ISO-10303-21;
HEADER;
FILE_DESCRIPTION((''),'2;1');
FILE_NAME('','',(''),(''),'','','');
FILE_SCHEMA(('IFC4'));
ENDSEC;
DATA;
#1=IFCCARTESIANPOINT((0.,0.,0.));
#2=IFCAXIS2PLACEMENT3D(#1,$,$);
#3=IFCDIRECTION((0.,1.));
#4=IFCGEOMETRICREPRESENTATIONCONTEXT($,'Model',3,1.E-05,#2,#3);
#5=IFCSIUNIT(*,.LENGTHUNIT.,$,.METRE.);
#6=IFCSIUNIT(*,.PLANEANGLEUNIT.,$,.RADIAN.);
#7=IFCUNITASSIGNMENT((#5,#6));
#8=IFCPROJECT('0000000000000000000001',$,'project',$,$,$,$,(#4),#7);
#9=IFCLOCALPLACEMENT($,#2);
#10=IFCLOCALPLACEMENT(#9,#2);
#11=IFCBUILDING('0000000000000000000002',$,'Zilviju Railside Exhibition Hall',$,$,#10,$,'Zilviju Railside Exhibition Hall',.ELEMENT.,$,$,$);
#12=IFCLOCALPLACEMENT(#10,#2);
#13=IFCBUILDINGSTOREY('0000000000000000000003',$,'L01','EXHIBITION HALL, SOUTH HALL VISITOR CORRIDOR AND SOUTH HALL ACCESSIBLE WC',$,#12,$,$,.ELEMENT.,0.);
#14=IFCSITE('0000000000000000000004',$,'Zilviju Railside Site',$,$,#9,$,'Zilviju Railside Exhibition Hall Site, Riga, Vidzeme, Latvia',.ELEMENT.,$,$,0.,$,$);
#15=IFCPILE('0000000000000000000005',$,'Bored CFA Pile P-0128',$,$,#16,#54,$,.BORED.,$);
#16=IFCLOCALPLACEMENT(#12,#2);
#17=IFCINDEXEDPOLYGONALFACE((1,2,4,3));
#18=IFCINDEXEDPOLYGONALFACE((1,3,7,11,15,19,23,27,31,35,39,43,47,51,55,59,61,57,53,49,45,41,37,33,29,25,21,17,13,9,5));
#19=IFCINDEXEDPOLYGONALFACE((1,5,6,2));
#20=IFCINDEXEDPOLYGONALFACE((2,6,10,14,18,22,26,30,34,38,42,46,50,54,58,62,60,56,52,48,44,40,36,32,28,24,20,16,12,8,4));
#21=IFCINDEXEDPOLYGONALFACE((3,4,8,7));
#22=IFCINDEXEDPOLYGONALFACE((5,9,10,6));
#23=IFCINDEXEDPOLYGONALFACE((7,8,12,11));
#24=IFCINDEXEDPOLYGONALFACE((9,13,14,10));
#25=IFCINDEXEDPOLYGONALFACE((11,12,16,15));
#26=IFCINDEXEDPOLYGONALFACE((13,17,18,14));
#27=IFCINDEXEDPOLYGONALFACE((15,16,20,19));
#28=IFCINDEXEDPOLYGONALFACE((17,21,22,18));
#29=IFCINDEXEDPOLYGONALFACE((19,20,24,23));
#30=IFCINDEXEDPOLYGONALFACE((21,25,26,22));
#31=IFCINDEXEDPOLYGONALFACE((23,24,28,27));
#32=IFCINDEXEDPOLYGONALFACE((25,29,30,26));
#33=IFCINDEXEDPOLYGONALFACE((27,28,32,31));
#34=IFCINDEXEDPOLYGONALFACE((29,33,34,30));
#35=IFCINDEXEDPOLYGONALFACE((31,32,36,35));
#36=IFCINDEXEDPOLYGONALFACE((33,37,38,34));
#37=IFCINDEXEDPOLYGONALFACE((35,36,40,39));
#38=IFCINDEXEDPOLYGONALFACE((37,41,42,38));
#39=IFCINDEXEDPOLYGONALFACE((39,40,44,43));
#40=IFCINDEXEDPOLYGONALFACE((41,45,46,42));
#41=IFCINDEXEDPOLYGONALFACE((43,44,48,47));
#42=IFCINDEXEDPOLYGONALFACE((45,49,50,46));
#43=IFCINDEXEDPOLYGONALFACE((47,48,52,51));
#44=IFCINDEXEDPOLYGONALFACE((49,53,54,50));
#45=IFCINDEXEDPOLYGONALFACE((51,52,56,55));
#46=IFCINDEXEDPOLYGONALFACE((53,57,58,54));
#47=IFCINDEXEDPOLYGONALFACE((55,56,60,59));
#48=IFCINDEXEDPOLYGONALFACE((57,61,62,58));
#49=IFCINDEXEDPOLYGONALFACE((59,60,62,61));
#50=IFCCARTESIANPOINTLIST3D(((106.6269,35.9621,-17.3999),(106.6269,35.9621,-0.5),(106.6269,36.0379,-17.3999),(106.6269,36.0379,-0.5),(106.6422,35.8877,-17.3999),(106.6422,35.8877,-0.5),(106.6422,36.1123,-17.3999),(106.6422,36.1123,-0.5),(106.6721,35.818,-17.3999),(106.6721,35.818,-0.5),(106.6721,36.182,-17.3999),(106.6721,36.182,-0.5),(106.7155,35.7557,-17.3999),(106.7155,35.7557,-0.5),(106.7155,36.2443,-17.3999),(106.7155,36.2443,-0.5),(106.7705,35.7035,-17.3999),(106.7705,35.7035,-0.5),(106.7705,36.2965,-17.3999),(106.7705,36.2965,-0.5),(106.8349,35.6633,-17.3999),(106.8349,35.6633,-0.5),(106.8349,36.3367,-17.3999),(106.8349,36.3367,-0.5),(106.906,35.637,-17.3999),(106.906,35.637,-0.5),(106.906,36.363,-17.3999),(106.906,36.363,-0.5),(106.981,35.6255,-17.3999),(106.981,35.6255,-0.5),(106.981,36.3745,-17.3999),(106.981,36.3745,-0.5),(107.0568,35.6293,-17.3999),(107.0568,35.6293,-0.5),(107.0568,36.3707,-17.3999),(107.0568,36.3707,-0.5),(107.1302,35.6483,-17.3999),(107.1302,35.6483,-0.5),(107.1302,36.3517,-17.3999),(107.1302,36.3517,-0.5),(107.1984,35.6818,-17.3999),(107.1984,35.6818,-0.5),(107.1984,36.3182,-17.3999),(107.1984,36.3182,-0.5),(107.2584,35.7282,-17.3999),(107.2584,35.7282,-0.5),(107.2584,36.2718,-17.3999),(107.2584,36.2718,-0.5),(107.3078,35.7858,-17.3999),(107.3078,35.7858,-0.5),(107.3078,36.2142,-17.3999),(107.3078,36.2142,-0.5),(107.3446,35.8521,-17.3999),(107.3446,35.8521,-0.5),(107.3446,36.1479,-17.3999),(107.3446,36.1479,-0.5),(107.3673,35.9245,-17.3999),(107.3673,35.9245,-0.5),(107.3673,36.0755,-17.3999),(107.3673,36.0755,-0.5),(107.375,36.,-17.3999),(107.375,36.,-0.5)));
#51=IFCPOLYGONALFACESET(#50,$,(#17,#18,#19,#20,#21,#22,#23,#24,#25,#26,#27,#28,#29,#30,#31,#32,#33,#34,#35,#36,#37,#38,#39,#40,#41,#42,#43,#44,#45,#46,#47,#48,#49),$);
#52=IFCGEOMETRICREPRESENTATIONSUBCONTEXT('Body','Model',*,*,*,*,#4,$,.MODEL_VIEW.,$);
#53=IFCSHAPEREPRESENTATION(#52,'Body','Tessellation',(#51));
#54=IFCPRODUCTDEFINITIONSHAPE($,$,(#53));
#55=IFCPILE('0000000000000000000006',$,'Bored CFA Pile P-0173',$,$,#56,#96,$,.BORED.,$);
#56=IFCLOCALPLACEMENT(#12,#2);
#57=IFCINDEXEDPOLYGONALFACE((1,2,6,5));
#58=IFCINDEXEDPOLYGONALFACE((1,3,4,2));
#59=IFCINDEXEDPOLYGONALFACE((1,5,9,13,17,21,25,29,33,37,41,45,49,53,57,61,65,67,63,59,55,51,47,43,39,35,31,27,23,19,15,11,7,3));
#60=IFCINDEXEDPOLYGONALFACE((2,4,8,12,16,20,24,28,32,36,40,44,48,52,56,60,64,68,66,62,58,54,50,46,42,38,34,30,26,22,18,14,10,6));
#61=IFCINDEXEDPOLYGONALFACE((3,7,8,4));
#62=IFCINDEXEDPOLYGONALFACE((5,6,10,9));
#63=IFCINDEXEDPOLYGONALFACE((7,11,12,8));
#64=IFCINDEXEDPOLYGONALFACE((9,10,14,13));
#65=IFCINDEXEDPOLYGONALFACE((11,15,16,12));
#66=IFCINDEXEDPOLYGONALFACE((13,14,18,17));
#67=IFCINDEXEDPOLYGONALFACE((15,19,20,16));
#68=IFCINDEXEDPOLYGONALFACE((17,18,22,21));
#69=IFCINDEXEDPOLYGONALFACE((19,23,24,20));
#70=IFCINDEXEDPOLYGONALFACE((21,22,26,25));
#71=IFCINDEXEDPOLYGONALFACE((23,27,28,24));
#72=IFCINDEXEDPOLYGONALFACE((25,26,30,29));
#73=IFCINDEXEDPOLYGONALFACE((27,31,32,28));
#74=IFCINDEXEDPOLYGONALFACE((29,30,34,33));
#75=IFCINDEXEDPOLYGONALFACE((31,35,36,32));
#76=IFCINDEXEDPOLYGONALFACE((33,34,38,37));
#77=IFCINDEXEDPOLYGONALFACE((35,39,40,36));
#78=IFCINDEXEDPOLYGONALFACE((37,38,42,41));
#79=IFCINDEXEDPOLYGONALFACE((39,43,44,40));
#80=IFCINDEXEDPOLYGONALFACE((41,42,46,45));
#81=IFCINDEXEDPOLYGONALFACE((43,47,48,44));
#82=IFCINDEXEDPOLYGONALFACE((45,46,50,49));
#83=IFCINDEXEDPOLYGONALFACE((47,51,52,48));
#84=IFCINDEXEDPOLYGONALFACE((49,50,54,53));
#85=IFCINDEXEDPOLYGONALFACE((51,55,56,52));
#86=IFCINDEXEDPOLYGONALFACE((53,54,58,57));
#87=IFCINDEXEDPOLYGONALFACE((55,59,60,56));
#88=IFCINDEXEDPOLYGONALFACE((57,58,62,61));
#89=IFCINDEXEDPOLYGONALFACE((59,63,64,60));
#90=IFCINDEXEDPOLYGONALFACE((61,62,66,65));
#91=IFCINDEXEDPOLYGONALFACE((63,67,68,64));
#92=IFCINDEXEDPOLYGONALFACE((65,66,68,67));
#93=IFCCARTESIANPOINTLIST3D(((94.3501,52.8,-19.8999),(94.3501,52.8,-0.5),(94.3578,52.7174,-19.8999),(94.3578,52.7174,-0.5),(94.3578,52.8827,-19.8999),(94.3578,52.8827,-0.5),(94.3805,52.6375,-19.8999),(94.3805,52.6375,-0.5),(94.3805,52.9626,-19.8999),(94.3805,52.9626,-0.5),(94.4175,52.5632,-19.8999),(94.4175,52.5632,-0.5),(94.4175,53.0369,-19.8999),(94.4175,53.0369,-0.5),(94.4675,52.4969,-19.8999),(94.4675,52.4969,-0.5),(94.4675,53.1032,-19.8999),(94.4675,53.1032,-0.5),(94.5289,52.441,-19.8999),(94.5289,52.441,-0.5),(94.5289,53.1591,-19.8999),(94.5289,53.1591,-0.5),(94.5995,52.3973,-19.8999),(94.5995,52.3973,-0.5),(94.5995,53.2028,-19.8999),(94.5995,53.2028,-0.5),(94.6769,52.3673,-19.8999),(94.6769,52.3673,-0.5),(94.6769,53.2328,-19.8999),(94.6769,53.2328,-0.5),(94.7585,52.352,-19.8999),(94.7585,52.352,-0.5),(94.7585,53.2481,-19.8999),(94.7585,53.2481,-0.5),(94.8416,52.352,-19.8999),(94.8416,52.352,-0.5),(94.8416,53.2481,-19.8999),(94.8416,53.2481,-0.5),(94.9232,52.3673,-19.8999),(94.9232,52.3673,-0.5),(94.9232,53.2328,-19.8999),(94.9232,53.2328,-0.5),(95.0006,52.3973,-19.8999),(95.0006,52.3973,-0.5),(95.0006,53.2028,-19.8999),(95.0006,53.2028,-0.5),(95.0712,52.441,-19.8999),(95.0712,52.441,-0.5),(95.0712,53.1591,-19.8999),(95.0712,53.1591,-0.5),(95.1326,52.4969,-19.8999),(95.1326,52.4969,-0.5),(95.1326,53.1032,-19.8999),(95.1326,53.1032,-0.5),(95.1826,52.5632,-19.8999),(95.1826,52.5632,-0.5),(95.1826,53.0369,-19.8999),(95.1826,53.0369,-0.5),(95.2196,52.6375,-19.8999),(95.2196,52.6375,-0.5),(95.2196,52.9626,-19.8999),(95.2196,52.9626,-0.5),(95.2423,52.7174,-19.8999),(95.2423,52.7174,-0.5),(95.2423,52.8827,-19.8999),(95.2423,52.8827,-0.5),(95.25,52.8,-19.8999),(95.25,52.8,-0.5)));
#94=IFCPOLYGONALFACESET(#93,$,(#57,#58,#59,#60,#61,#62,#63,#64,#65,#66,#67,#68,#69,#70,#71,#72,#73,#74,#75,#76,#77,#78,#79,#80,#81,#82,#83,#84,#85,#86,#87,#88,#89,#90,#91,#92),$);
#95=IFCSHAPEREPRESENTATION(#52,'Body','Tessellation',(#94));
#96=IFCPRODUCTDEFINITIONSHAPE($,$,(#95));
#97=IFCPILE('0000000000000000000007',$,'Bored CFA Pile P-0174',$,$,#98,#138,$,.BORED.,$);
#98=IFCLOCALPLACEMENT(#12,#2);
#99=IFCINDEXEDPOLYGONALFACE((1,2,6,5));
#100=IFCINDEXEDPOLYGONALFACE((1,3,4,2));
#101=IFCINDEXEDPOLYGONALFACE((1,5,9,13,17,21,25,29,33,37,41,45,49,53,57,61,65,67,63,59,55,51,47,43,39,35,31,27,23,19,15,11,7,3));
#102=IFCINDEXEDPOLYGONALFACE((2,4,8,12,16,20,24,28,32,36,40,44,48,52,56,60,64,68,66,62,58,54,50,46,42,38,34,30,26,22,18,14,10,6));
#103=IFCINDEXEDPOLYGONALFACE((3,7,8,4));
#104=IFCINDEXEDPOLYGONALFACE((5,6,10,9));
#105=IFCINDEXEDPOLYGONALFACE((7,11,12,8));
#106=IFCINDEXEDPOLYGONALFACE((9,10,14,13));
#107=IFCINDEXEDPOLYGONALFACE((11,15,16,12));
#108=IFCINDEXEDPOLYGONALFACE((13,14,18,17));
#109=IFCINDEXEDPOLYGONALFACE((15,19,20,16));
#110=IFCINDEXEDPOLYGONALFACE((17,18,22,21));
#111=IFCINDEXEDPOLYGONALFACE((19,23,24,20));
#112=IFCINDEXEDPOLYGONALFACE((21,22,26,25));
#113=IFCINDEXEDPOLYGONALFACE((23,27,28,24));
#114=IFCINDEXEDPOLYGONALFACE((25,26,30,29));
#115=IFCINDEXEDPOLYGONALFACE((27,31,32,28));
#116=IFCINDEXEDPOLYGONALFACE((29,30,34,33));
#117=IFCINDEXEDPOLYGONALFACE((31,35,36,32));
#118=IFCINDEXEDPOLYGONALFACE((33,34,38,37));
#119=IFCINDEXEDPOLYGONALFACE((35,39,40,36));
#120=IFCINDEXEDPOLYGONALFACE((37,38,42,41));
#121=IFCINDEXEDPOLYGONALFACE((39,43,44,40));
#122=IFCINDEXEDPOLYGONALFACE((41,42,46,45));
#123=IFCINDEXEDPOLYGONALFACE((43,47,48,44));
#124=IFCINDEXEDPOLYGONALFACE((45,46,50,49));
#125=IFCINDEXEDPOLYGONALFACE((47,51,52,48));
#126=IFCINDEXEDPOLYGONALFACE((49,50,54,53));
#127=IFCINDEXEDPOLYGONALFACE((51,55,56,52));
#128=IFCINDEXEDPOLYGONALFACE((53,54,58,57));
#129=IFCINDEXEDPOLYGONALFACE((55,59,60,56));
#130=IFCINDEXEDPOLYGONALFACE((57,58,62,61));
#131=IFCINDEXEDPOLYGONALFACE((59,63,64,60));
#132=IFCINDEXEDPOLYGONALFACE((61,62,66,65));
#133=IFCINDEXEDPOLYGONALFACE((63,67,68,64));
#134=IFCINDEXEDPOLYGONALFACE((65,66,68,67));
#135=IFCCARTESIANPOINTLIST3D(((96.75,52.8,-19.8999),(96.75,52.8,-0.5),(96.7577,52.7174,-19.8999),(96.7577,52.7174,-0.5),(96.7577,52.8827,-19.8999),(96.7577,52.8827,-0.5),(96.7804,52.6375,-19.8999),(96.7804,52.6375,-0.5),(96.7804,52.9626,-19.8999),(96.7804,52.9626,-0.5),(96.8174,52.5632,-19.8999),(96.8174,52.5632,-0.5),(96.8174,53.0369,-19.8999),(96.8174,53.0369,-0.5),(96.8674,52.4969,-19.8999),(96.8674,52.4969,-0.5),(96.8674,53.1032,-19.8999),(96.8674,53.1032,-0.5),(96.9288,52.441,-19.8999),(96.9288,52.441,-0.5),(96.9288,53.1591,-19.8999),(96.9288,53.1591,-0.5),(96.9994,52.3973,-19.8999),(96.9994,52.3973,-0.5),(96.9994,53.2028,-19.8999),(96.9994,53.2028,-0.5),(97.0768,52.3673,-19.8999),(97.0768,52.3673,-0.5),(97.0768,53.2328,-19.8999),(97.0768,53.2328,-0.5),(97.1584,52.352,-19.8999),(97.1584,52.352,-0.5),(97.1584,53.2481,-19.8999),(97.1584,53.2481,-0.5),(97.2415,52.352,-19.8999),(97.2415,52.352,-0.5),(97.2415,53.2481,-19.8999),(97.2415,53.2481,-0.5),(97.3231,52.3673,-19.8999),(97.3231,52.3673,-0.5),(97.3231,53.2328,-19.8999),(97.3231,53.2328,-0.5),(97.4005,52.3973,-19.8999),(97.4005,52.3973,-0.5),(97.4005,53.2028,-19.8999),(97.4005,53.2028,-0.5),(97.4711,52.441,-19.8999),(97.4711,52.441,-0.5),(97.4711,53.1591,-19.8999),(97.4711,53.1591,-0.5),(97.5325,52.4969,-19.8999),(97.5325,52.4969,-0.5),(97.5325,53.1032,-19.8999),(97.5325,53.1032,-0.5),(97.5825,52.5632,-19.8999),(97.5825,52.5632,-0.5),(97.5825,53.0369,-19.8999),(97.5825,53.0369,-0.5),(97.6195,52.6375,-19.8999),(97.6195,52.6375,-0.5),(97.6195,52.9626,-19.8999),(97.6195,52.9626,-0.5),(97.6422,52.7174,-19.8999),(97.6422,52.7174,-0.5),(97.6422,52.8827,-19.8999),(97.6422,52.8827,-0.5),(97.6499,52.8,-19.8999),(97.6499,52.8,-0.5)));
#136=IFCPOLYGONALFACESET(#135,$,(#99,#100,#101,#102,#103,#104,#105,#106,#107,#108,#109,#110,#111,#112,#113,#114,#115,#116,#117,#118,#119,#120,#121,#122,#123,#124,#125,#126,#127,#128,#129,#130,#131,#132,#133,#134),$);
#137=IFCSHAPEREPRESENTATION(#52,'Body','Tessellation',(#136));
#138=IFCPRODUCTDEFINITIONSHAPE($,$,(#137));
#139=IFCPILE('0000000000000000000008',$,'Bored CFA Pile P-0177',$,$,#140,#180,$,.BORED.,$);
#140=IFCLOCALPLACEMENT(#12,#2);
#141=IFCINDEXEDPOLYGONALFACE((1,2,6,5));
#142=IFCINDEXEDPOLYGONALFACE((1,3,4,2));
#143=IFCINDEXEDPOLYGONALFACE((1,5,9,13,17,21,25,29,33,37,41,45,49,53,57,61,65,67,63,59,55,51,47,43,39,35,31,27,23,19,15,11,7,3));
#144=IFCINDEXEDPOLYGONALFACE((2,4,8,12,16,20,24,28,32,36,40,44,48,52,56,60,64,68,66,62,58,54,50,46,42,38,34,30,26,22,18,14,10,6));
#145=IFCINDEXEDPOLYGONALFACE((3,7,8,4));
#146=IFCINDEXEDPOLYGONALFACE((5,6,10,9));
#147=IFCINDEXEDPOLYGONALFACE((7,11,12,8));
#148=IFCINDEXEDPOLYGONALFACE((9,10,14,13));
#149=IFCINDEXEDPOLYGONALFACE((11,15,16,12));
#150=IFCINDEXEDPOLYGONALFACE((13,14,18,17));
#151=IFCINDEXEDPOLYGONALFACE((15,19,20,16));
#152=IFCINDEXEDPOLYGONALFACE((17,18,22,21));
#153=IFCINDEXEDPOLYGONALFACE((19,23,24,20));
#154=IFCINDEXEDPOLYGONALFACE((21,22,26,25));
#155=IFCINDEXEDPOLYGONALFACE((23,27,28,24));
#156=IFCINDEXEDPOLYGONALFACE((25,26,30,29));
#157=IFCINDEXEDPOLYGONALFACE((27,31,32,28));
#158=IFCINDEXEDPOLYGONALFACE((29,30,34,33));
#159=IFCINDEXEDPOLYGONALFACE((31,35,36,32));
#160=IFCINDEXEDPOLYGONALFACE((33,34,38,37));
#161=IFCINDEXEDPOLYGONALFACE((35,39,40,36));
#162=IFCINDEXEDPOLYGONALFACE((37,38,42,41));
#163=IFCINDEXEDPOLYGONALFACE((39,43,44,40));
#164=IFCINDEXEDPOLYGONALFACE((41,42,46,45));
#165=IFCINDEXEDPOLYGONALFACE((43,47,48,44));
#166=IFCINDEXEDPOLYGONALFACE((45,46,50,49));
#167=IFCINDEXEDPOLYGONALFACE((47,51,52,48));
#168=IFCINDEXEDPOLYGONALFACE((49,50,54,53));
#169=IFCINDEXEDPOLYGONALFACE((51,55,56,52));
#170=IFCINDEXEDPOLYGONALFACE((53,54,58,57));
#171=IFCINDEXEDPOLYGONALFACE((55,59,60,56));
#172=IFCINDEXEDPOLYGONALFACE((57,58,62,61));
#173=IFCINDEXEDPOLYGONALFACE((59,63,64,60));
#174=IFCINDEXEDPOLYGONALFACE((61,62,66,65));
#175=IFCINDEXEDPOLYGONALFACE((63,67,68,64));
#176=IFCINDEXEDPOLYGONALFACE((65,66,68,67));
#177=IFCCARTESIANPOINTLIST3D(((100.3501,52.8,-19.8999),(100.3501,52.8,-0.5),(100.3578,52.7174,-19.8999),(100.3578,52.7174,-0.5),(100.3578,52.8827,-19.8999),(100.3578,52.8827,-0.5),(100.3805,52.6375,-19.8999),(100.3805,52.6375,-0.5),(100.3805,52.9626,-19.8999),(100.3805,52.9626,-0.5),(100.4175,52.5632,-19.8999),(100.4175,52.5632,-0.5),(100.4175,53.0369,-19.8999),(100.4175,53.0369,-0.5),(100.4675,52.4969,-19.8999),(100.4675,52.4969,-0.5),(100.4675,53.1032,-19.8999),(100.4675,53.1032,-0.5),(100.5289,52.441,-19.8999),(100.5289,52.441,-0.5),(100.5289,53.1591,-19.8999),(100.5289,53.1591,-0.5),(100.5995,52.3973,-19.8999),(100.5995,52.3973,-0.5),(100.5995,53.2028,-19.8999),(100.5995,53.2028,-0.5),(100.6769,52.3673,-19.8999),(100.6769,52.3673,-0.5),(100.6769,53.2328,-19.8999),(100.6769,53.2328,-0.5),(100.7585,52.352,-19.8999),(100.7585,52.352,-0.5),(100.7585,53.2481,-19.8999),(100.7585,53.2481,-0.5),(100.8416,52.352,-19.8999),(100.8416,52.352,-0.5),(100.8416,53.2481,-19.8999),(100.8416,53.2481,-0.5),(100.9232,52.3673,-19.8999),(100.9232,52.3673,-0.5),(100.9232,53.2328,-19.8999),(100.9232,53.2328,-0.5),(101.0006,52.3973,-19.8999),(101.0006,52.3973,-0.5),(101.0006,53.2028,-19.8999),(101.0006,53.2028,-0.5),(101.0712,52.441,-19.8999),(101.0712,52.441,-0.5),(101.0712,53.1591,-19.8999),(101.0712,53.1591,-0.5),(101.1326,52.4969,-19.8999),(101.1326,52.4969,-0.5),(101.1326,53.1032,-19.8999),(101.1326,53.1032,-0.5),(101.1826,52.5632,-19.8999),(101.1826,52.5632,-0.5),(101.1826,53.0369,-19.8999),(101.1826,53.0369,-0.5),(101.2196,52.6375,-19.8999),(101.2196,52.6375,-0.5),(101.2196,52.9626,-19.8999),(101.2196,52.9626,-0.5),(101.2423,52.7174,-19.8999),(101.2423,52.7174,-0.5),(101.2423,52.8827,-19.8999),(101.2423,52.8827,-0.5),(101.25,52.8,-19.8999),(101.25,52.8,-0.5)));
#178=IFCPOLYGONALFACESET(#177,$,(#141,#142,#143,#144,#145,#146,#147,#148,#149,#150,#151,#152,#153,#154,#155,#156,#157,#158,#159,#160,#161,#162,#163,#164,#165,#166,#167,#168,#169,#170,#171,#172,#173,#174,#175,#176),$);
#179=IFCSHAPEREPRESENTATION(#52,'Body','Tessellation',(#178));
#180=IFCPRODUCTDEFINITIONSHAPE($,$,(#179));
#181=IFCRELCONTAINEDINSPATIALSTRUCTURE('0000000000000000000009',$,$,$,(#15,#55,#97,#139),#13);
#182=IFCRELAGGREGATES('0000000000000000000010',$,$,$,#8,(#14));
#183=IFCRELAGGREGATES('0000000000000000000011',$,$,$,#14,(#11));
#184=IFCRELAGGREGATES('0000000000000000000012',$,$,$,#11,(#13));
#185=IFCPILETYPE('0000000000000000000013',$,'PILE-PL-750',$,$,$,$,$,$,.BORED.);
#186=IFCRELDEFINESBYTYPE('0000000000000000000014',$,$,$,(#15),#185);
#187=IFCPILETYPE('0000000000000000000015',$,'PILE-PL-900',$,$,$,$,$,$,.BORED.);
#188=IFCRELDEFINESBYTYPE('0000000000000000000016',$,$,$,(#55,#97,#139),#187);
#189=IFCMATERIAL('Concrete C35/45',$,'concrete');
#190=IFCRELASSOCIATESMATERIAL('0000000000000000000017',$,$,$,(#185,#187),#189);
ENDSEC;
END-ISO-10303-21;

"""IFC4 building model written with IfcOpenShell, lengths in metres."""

from ifc_helpers import new_model, si_unit, direction, frame, origin, origin_2d, place, context, subcontext, project, spatial, circle, extrude, material, material_profile, profile_set, type_object, element, save


model = new_model("IFC4")

# Units and contexts
model_context = context("Model", 3, precision=1e-05, world=origin(), true_north=direction((0.0, 1.0)))
body_context = subcontext(model_context, "Body", "Model", "MODEL_VIEW")
ifc_project = project(units=[si_unit("LENGTHUNIT", "METRE"), si_unit("PLANEANGLEUNIT", "RADIAN")], contexts=[model_context])

# Site, building, storey
site_placement = place(None, origin())
site = spatial("IfcSite", under=ifc_project, at=site_placement, Name="Zilviju Railside Site", LongName="Zilviju Railside Exhibition Hall Site, Riga, Vidzeme, Latvia", CompositionType="ELEMENT", RefElevation=0.0)
building_placement = place(site_placement, origin())
building = spatial("IfcBuilding", under=site, at=building_placement, Name="Zilviju Railside Exhibition Hall", LongName="Zilviju Railside Exhibition Hall", CompositionType="ELEMENT")
storey_placement = place(building_placement, origin())
storey = spatial("IfcBuildingStorey", under=building, at=storey_placement, Name="L01", Description="EXHIBITION HALL, SOUTH HALL VISITOR CORRIDOR AND SOUTH HALL ACCESSIBLE WC", CompositionType="ELEMENT", Elevation=0.0)

# Shared definitions
ifc_material_1 = material(Name="Concrete C35/45", Category="concrete")

# Piles
ifc_material_profile_1 = material_profile(ifc_material_1, circle(Radius=0.375, at=origin_2d()), Name="CFA PILE D750")
ifc_profile_set_1 = profile_set([ifc_material_profile_1], Name="Concrete C35/45")
pile_type_1 = type_object("IfcPileType", Name="PILE-PL-750", PredefinedType="BORED", material=ifc_profile_set_1)
for number, where, z_axis, x_axis, name in (
    (1, (107.0, 36.0, -0.5), (0.0, 0.0, -1.0), (1.0, 0.0, 0.0), "Bored CFA Pile P-0128"),
):
    element("IfcPile", number, at=place(storey_placement, frame(where, z_axis=z_axis, x_axis=x_axis)), inside=storey, type_object=pile_type_1, Name=name, PredefinedType="BORED", context=body_context, shape_type="SweptSolid", body=[
        extrude(circle(Radius=0.375, at=origin_2d()), origin(), (0.0, 0.0, 1.0), 16.8999),
    ])
ifc_material_profile_2 = material_profile(ifc_material_1, circle(Radius=0.45, at=origin_2d()), Name="CFA PILE D900")
ifc_profile_set_2 = profile_set([ifc_material_profile_2], Name="Concrete C35/45")
pile_type_2 = type_object("IfcPileType", Name="PILE-PL-900", PredefinedType="BORED", material=ifc_profile_set_2)
for number, where, z_axis, x_axis, name in (
    (2, (94.8, 52.8, -0.5), (0.0, 0.0, -1.0), (1.0, 0.0, 0.0), "Bored CFA Pile P-0173"),
    (3, (97.2, 52.8, -0.5), (0.0, 0.0, -1.0), (1.0, 0.0, 0.0), "Bored CFA Pile P-0174"),
    (4, (100.8, 52.8, -0.5), (0.0, 0.0, -1.0), (1.0, 0.0, 0.0), "Bored CFA Pile P-0177"),
):
    element("IfcPile", number, at=place(storey_placement, frame(where, z_axis=z_axis, x_axis=x_axis)), inside=storey, type_object=pile_type_2, Name=name, PredefinedType="BORED", context=body_context, shape_type="SweptSolid", body=[
        extrude(circle(Radius=0.45, at=origin_2d()), origin(), (0.0, 0.0, 1.0), 19.3999),
    ])

save(model, "model.ifc")
